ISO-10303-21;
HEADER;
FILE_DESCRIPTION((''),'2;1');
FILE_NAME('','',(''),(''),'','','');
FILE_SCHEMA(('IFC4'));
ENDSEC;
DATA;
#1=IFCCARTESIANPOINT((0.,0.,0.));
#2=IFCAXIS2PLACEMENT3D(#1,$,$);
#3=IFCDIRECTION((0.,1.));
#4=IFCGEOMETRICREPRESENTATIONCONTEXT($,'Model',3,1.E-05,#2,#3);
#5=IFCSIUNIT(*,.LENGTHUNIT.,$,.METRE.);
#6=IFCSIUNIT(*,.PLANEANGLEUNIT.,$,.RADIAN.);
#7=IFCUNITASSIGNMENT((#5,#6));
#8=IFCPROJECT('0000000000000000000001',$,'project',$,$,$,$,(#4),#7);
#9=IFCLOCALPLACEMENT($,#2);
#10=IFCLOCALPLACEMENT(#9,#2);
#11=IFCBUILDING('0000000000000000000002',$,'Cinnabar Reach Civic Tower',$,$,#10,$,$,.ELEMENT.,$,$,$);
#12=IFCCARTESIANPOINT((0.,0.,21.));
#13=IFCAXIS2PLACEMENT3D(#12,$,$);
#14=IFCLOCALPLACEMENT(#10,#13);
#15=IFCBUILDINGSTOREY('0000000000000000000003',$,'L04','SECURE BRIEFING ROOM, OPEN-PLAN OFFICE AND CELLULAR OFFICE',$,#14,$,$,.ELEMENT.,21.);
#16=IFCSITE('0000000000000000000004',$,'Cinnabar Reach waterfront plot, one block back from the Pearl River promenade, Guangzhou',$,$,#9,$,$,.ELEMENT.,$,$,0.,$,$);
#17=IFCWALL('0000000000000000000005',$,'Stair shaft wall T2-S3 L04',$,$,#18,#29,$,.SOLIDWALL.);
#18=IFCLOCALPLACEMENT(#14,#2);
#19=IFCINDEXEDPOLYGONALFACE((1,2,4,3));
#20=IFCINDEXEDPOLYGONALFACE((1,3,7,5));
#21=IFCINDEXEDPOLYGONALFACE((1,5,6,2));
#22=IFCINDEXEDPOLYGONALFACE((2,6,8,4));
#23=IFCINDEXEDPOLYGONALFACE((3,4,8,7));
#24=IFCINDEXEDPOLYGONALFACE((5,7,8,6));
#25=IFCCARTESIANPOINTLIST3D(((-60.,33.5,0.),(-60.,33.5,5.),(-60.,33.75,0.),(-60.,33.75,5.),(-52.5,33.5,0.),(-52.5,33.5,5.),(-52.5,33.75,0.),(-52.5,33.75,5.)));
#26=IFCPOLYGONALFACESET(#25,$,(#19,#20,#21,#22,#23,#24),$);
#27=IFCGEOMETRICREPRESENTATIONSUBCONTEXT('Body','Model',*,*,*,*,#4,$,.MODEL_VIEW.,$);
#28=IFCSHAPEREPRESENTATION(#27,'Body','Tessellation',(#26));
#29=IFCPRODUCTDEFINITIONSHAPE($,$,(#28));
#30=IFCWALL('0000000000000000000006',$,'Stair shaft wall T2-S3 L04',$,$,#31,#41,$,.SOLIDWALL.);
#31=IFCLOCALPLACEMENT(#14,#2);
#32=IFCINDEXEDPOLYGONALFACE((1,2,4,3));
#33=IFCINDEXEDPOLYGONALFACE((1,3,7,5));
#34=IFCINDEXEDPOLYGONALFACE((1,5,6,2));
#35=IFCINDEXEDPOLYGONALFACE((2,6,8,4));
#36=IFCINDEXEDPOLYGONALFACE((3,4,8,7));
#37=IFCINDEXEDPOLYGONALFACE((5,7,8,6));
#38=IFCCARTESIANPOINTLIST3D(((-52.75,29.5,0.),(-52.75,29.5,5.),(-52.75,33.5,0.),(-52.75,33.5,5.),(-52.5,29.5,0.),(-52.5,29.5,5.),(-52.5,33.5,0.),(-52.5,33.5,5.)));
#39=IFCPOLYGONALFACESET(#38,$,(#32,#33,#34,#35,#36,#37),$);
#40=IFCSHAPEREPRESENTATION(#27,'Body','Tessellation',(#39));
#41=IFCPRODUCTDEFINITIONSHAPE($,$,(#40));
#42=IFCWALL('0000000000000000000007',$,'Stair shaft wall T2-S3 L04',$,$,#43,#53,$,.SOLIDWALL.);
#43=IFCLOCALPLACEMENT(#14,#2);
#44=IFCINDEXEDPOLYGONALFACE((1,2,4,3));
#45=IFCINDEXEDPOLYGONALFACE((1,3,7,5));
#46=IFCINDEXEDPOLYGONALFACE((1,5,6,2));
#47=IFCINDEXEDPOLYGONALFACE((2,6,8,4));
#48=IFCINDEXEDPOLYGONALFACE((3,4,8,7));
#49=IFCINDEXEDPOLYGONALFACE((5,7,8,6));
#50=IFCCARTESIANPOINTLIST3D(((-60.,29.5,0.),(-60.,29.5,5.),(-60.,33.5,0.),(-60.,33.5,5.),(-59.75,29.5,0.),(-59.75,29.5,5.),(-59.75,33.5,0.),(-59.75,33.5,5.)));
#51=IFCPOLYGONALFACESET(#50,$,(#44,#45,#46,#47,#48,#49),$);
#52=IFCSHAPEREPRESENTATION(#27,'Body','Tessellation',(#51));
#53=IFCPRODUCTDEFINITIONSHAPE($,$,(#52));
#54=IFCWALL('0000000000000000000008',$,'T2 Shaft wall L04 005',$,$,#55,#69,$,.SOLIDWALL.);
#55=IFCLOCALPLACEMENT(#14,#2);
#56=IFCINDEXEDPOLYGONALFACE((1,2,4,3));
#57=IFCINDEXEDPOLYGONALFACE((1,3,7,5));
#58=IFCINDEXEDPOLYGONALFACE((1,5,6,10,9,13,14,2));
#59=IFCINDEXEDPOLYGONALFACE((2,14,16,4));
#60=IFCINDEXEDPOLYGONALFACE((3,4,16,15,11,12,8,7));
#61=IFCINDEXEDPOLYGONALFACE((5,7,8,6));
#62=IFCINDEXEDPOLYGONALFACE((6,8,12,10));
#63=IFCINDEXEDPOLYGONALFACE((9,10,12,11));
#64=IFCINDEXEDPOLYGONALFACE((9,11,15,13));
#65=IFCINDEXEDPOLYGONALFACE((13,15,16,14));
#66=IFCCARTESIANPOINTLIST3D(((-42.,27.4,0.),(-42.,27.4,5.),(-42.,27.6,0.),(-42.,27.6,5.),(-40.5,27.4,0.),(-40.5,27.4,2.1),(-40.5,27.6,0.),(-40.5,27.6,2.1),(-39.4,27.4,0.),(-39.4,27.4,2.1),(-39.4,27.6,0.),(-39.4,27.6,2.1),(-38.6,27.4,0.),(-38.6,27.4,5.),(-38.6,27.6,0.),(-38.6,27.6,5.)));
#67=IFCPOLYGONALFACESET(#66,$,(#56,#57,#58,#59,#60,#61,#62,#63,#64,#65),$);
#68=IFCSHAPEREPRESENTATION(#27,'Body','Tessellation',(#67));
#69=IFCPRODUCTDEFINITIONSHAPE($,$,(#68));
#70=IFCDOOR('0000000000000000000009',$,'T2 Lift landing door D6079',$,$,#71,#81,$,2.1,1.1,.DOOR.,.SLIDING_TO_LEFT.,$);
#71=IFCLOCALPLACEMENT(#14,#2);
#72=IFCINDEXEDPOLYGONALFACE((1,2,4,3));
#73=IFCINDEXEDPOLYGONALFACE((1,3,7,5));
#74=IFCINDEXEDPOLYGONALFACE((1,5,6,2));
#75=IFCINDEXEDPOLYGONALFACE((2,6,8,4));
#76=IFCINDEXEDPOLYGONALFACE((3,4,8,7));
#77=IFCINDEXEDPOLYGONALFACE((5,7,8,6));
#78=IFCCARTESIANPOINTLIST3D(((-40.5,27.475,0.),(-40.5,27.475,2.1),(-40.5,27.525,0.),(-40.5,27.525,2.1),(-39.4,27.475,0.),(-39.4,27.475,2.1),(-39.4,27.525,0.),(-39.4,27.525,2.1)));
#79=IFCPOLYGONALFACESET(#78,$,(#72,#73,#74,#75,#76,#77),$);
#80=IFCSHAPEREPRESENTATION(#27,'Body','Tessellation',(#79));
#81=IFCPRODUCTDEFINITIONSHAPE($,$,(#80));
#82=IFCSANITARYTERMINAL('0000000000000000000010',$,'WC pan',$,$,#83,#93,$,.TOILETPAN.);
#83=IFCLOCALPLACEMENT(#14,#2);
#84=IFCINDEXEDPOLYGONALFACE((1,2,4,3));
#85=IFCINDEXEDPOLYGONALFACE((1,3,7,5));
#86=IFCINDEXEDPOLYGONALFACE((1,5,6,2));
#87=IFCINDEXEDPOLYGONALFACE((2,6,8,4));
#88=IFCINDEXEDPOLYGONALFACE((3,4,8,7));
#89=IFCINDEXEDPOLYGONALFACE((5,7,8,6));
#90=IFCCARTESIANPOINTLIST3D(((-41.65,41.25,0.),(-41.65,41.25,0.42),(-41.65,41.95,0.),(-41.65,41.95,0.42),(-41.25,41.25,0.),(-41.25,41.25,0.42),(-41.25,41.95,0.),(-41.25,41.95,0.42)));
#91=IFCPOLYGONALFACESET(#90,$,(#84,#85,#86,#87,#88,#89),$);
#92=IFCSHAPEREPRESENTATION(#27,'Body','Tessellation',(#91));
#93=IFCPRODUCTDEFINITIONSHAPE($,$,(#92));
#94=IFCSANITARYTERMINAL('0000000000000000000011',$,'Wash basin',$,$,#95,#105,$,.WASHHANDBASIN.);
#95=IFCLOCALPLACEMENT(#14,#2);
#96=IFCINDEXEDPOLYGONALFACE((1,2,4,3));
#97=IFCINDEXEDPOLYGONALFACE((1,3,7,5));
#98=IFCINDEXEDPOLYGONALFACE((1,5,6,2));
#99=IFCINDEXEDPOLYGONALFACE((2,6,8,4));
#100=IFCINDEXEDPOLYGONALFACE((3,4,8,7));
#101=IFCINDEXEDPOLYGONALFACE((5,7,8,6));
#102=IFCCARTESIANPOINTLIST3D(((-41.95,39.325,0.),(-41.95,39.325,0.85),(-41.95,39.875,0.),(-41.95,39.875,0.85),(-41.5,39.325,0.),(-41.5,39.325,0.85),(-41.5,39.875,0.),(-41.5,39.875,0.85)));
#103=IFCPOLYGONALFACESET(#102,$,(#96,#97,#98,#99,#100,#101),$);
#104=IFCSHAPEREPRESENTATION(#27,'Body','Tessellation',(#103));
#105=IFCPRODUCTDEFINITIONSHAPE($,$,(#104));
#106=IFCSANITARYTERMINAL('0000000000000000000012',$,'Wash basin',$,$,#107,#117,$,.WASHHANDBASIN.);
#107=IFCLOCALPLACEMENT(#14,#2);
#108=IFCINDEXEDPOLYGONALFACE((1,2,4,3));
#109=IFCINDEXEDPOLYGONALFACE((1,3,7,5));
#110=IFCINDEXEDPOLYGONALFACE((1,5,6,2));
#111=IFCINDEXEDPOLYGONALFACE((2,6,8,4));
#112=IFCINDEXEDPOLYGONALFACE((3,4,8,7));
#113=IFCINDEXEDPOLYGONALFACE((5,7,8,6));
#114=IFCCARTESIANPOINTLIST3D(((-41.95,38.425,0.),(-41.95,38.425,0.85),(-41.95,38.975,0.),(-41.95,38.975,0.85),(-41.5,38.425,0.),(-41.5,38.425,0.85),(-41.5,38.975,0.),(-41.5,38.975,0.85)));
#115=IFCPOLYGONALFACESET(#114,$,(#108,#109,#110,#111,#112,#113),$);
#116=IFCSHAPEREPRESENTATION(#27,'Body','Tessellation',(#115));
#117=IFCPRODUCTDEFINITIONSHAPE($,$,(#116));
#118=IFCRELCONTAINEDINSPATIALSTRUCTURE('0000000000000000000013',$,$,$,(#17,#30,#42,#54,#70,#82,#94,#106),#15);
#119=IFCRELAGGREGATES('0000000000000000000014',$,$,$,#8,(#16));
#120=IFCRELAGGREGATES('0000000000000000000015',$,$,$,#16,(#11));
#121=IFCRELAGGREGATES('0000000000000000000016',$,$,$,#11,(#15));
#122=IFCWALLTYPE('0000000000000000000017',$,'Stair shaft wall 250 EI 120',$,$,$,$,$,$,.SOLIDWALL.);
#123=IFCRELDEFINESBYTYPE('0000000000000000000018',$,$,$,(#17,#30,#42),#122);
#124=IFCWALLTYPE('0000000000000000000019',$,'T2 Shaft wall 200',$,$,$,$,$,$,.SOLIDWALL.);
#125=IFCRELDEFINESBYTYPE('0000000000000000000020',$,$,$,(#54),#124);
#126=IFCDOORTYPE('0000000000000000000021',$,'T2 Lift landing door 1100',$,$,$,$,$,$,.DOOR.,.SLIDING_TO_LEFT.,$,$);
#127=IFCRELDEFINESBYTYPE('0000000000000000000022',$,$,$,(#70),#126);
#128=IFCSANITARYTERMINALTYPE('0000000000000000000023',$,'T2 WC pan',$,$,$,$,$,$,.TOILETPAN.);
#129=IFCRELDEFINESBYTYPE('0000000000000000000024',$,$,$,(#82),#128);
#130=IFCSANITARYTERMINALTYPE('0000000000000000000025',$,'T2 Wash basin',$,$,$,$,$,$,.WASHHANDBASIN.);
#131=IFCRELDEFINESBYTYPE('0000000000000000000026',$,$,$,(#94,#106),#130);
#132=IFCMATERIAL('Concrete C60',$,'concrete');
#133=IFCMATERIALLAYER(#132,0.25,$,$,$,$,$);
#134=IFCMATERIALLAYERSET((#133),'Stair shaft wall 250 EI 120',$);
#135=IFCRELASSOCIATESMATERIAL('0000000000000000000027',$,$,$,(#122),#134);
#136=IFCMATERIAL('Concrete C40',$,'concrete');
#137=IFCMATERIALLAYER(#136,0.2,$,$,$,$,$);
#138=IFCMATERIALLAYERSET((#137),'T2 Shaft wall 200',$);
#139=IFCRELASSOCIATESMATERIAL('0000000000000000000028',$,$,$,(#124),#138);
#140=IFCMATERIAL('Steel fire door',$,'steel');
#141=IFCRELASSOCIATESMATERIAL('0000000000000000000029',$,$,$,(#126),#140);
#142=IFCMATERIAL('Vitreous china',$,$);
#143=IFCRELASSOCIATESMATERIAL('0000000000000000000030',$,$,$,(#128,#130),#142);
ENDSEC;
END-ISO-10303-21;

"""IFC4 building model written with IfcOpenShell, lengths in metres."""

from ifc_helpers import new_model, si_unit, direction, frame, frame_2d, origin, origin_2d, place, context, subcontext, project, spatial, rectangle, extrude, material, layer, layer_set, type_object, element, fill, save


model = new_model("IFC4")

# Units and contexts
model_context = context("Model", 3, precision=1e-05, world=origin(), true_north=direction((0.0, 1.0)))
body_context = subcontext(model_context, "Body", "Model", "MODEL_VIEW")
ifc_project = project(units=[si_unit("LENGTHUNIT", "METRE"), si_unit("PLANEANGLEUNIT", "RADIAN")], contexts=[model_context])

# Site, building, storey
site_placement = place(None, origin())
site = spatial("IfcSite", under=ifc_project, at=site_placement, Name="Cinnabar Reach waterfront plot, one block back from the Pearl River promenade, Guangzhou", CompositionType="ELEMENT", RefElevation=0.0)
building_placement = place(site_placement, origin())
building = spatial("IfcBuilding", under=site, at=building_placement, Name="Cinnabar Reach Civic Tower", CompositionType="ELEMENT")
storey_placement = place(building_placement, frame((0.0, 0.0, 21.0)))
storey = spatial("IfcBuildingStorey", under=building, at=storey_placement, Name="L04", Description="SECURE BRIEFING ROOM, OPEN-PLAN OFFICE AND CELLULAR OFFICE", CompositionType="ELEMENT", Elevation=21.0)

# Shared definitions
ifc_material_1 = material(Name="Concrete C60", Category="concrete")

# Shared definitions
ifc_material_2 = material(Name="Steel fire door", Category="steel")

# Walls
ifc_layer_1 = layer(ifc_material_1, 0.25)
ifc_layer_set_1 = layer_set([ifc_layer_1], Name="Stair shaft wall 250 EI 120")
wall_type_1 = type_object("IfcWallType", Name="Stair shaft wall 250 EI 120", PredefinedType="SOLIDWALL", material=ifc_layer_set_1)
wall_1_placement = place(storey_placement, frame((-52.5, 33.625, 0.0), z_axis=(0.0, 0.0, 1.0), x_axis=(-1.0, 0.0, 0.0)))
element("IfcWall", 1, at=wall_1_placement, inside=storey, type_object=wall_type_1, Name="Stair shaft wall T2-S3 L04", PredefinedType="SOLIDWALL", context=body_context, shape_type="SweptSolid", body=[
    extrude(rectangle(XDim=7.5, YDim=0.25, at=frame_2d((3.75, 0.0))), origin(), (0.0, 0.0, 1.0), 5.0),
])
for number, where, z_axis, x_axis, name in (
    (2, (-52.625, 29.5, 0.0), (0.0, 0.0, 1.0), (0.0, 1.0, 0.0), "Stair shaft wall T2-S3 L04"),
    (3, (-59.875, 33.5, 0.0), (0.0, 0.0, 1.0), (0.0, -1.0, 0.0), "Stair shaft wall T2-S3 L04"),
):
    element("IfcWall", number, at=place(storey_placement, frame(where, z_axis=z_axis, x_axis=x_axis)), inside=storey, type_object=wall_type_1, Name=name, PredefinedType="SOLIDWALL", context=body_context, shape_type="SweptSolid", body=[
        extrude(rectangle(XDim=4.0, YDim=0.25, at=frame_2d((2.0, 0.0))), origin(), (0.0, 0.0, 1.0), 5.0),
    ])

# Wall, opening, door
ifc_material_3 = material(Name="Concrete C40", Category="concrete")
ifc_layer_2 = layer(ifc_material_3, 0.2)
ifc_layer_set_2 = layer_set([ifc_layer_2], Name="T2 Shaft wall 200")
wall_type_2 = type_object("IfcWallType", Name="T2 Shaft wall 200", PredefinedType="SOLIDWALL", material=ifc_layer_set_2)
wall_2_placement = place(storey_placement, frame((-42.0, 27.5, 0.0), z_axis=(0.0, 0.0, 1.0), x_axis=(1.0, 0.0, 0.0)))
wall_2 = element("IfcWall", 4, at=wall_2_placement, inside=storey, type_object=wall_type_2, Name="T2 Shaft wall L04 005", PredefinedType="SOLIDWALL", context=body_context, shape_type="SweptSolid", body=[
    extrude(rectangle(XDim=3.4, YDim=0.2, at=frame_2d((1.7, 0.0))), origin(), (0.0, 0.0, 1.0), 5.0),
])
opening_1_placement = place(wall_2_placement, frame((1.5, 0.0, 0.0)))
opening_1 = element("IfcOpeningElement", 5, at=opening_1_placement, cuts=wall_2, PredefinedType="OPENING", context=body_context, shape_type="SweptSolid", body=[
    extrude(rectangle(XDim=1.1, YDim=2.1, at=frame_2d((0.55, 1.05))), frame((0.0, 0.11, 0.0), z_axis=(0.0, -1.0, 0.0), x_axis=(1.0, 0.0, 0.0)), (0.0, 0.0, 1.0), 0.22),
])
door_type_1 = type_object("IfcDoorType", Name="T2 Lift landing door 1100", OperationType="SLIDING_TO_LEFT", PredefinedType="DOOR", material=ifc_material_2)
door_1_placement = place(opening_1_placement, origin())
door_1 = element("IfcDoor", 6, at=door_1_placement, inside=storey, type_object=door_type_1, Name="T2 Lift landing door D6079", OperationType="SLIDING_TO_LEFT", OverallHeight=2.1, OverallWidth=1.1, PredefinedType="DOOR", context=body_context, shape_type="SweptSolid", body=[
    extrude(rectangle(XDim=1.1, YDim=2.1, at=frame_2d((0.55, 1.05))), frame((0.0, 0.025, 0.0), z_axis=(0.0, -1.0, 0.0), x_axis=(1.0, 0.0, 0.0)), (0.0, 0.0, 1.0), 0.05),
])
fill(opening_1, door_1)

# Sanitary terminals
ifc_material_4 = material(Name="Vitreous china")
sanitary_terminal_type_1 = type_object("IfcSanitaryTerminalType", Name="T2 WC pan", PredefinedType="TOILETPAN", material=ifc_material_4)
sanitary_terminal_placement = place(storey_placement, frame((-41.45, 41.6, 0.0), z_axis=(0.0, 0.0, 1.0), x_axis=(1.0, 0.0, 0.0)))
element("IfcSanitaryTerminal", 7, at=sanitary_terminal_placement, inside=storey, type_object=sanitary_terminal_type_1, Name="WC pan", PredefinedType="TOILETPAN", context=body_context, shape_type="SweptSolid", body=[
    extrude(rectangle(XDim=0.4, YDim=0.7, at=origin_2d()), origin(), (0.0, 0.0, 1.0), 0.42),
])
sanitary_terminal_type_2 = type_object("IfcSanitaryTerminalType", Name="T2 Wash basin", PredefinedType="WASHHANDBASIN", material=ifc_material_4)
for number, where, z_axis, x_axis, name in (
    (8, (-41.725, 39.6, 0.0), (0.0, 0.0, 1.0), (1.0, 0.0, 0.0), "Wash basin"),
    (9, (-41.725, 38.7, 0.0), (0.0, 0.0, 1.0), (1.0, 0.0, 0.0), "Wash basin"),
):
    element("IfcSanitaryTerminal", number, at=place(storey_placement, frame(where, z_axis=z_axis, x_axis=x_axis)), inside=storey, type_object=sanitary_terminal_type_2, Name=name, PredefinedType="WASHHANDBASIN", context=body_context, shape_type="SweptSolid", body=[
        extrude(rectangle(XDim=0.45, YDim=0.55, at=origin_2d()), origin(), (0.0, 0.0, 1.0), 0.85),
    ])

save(model, "model.ifc")
